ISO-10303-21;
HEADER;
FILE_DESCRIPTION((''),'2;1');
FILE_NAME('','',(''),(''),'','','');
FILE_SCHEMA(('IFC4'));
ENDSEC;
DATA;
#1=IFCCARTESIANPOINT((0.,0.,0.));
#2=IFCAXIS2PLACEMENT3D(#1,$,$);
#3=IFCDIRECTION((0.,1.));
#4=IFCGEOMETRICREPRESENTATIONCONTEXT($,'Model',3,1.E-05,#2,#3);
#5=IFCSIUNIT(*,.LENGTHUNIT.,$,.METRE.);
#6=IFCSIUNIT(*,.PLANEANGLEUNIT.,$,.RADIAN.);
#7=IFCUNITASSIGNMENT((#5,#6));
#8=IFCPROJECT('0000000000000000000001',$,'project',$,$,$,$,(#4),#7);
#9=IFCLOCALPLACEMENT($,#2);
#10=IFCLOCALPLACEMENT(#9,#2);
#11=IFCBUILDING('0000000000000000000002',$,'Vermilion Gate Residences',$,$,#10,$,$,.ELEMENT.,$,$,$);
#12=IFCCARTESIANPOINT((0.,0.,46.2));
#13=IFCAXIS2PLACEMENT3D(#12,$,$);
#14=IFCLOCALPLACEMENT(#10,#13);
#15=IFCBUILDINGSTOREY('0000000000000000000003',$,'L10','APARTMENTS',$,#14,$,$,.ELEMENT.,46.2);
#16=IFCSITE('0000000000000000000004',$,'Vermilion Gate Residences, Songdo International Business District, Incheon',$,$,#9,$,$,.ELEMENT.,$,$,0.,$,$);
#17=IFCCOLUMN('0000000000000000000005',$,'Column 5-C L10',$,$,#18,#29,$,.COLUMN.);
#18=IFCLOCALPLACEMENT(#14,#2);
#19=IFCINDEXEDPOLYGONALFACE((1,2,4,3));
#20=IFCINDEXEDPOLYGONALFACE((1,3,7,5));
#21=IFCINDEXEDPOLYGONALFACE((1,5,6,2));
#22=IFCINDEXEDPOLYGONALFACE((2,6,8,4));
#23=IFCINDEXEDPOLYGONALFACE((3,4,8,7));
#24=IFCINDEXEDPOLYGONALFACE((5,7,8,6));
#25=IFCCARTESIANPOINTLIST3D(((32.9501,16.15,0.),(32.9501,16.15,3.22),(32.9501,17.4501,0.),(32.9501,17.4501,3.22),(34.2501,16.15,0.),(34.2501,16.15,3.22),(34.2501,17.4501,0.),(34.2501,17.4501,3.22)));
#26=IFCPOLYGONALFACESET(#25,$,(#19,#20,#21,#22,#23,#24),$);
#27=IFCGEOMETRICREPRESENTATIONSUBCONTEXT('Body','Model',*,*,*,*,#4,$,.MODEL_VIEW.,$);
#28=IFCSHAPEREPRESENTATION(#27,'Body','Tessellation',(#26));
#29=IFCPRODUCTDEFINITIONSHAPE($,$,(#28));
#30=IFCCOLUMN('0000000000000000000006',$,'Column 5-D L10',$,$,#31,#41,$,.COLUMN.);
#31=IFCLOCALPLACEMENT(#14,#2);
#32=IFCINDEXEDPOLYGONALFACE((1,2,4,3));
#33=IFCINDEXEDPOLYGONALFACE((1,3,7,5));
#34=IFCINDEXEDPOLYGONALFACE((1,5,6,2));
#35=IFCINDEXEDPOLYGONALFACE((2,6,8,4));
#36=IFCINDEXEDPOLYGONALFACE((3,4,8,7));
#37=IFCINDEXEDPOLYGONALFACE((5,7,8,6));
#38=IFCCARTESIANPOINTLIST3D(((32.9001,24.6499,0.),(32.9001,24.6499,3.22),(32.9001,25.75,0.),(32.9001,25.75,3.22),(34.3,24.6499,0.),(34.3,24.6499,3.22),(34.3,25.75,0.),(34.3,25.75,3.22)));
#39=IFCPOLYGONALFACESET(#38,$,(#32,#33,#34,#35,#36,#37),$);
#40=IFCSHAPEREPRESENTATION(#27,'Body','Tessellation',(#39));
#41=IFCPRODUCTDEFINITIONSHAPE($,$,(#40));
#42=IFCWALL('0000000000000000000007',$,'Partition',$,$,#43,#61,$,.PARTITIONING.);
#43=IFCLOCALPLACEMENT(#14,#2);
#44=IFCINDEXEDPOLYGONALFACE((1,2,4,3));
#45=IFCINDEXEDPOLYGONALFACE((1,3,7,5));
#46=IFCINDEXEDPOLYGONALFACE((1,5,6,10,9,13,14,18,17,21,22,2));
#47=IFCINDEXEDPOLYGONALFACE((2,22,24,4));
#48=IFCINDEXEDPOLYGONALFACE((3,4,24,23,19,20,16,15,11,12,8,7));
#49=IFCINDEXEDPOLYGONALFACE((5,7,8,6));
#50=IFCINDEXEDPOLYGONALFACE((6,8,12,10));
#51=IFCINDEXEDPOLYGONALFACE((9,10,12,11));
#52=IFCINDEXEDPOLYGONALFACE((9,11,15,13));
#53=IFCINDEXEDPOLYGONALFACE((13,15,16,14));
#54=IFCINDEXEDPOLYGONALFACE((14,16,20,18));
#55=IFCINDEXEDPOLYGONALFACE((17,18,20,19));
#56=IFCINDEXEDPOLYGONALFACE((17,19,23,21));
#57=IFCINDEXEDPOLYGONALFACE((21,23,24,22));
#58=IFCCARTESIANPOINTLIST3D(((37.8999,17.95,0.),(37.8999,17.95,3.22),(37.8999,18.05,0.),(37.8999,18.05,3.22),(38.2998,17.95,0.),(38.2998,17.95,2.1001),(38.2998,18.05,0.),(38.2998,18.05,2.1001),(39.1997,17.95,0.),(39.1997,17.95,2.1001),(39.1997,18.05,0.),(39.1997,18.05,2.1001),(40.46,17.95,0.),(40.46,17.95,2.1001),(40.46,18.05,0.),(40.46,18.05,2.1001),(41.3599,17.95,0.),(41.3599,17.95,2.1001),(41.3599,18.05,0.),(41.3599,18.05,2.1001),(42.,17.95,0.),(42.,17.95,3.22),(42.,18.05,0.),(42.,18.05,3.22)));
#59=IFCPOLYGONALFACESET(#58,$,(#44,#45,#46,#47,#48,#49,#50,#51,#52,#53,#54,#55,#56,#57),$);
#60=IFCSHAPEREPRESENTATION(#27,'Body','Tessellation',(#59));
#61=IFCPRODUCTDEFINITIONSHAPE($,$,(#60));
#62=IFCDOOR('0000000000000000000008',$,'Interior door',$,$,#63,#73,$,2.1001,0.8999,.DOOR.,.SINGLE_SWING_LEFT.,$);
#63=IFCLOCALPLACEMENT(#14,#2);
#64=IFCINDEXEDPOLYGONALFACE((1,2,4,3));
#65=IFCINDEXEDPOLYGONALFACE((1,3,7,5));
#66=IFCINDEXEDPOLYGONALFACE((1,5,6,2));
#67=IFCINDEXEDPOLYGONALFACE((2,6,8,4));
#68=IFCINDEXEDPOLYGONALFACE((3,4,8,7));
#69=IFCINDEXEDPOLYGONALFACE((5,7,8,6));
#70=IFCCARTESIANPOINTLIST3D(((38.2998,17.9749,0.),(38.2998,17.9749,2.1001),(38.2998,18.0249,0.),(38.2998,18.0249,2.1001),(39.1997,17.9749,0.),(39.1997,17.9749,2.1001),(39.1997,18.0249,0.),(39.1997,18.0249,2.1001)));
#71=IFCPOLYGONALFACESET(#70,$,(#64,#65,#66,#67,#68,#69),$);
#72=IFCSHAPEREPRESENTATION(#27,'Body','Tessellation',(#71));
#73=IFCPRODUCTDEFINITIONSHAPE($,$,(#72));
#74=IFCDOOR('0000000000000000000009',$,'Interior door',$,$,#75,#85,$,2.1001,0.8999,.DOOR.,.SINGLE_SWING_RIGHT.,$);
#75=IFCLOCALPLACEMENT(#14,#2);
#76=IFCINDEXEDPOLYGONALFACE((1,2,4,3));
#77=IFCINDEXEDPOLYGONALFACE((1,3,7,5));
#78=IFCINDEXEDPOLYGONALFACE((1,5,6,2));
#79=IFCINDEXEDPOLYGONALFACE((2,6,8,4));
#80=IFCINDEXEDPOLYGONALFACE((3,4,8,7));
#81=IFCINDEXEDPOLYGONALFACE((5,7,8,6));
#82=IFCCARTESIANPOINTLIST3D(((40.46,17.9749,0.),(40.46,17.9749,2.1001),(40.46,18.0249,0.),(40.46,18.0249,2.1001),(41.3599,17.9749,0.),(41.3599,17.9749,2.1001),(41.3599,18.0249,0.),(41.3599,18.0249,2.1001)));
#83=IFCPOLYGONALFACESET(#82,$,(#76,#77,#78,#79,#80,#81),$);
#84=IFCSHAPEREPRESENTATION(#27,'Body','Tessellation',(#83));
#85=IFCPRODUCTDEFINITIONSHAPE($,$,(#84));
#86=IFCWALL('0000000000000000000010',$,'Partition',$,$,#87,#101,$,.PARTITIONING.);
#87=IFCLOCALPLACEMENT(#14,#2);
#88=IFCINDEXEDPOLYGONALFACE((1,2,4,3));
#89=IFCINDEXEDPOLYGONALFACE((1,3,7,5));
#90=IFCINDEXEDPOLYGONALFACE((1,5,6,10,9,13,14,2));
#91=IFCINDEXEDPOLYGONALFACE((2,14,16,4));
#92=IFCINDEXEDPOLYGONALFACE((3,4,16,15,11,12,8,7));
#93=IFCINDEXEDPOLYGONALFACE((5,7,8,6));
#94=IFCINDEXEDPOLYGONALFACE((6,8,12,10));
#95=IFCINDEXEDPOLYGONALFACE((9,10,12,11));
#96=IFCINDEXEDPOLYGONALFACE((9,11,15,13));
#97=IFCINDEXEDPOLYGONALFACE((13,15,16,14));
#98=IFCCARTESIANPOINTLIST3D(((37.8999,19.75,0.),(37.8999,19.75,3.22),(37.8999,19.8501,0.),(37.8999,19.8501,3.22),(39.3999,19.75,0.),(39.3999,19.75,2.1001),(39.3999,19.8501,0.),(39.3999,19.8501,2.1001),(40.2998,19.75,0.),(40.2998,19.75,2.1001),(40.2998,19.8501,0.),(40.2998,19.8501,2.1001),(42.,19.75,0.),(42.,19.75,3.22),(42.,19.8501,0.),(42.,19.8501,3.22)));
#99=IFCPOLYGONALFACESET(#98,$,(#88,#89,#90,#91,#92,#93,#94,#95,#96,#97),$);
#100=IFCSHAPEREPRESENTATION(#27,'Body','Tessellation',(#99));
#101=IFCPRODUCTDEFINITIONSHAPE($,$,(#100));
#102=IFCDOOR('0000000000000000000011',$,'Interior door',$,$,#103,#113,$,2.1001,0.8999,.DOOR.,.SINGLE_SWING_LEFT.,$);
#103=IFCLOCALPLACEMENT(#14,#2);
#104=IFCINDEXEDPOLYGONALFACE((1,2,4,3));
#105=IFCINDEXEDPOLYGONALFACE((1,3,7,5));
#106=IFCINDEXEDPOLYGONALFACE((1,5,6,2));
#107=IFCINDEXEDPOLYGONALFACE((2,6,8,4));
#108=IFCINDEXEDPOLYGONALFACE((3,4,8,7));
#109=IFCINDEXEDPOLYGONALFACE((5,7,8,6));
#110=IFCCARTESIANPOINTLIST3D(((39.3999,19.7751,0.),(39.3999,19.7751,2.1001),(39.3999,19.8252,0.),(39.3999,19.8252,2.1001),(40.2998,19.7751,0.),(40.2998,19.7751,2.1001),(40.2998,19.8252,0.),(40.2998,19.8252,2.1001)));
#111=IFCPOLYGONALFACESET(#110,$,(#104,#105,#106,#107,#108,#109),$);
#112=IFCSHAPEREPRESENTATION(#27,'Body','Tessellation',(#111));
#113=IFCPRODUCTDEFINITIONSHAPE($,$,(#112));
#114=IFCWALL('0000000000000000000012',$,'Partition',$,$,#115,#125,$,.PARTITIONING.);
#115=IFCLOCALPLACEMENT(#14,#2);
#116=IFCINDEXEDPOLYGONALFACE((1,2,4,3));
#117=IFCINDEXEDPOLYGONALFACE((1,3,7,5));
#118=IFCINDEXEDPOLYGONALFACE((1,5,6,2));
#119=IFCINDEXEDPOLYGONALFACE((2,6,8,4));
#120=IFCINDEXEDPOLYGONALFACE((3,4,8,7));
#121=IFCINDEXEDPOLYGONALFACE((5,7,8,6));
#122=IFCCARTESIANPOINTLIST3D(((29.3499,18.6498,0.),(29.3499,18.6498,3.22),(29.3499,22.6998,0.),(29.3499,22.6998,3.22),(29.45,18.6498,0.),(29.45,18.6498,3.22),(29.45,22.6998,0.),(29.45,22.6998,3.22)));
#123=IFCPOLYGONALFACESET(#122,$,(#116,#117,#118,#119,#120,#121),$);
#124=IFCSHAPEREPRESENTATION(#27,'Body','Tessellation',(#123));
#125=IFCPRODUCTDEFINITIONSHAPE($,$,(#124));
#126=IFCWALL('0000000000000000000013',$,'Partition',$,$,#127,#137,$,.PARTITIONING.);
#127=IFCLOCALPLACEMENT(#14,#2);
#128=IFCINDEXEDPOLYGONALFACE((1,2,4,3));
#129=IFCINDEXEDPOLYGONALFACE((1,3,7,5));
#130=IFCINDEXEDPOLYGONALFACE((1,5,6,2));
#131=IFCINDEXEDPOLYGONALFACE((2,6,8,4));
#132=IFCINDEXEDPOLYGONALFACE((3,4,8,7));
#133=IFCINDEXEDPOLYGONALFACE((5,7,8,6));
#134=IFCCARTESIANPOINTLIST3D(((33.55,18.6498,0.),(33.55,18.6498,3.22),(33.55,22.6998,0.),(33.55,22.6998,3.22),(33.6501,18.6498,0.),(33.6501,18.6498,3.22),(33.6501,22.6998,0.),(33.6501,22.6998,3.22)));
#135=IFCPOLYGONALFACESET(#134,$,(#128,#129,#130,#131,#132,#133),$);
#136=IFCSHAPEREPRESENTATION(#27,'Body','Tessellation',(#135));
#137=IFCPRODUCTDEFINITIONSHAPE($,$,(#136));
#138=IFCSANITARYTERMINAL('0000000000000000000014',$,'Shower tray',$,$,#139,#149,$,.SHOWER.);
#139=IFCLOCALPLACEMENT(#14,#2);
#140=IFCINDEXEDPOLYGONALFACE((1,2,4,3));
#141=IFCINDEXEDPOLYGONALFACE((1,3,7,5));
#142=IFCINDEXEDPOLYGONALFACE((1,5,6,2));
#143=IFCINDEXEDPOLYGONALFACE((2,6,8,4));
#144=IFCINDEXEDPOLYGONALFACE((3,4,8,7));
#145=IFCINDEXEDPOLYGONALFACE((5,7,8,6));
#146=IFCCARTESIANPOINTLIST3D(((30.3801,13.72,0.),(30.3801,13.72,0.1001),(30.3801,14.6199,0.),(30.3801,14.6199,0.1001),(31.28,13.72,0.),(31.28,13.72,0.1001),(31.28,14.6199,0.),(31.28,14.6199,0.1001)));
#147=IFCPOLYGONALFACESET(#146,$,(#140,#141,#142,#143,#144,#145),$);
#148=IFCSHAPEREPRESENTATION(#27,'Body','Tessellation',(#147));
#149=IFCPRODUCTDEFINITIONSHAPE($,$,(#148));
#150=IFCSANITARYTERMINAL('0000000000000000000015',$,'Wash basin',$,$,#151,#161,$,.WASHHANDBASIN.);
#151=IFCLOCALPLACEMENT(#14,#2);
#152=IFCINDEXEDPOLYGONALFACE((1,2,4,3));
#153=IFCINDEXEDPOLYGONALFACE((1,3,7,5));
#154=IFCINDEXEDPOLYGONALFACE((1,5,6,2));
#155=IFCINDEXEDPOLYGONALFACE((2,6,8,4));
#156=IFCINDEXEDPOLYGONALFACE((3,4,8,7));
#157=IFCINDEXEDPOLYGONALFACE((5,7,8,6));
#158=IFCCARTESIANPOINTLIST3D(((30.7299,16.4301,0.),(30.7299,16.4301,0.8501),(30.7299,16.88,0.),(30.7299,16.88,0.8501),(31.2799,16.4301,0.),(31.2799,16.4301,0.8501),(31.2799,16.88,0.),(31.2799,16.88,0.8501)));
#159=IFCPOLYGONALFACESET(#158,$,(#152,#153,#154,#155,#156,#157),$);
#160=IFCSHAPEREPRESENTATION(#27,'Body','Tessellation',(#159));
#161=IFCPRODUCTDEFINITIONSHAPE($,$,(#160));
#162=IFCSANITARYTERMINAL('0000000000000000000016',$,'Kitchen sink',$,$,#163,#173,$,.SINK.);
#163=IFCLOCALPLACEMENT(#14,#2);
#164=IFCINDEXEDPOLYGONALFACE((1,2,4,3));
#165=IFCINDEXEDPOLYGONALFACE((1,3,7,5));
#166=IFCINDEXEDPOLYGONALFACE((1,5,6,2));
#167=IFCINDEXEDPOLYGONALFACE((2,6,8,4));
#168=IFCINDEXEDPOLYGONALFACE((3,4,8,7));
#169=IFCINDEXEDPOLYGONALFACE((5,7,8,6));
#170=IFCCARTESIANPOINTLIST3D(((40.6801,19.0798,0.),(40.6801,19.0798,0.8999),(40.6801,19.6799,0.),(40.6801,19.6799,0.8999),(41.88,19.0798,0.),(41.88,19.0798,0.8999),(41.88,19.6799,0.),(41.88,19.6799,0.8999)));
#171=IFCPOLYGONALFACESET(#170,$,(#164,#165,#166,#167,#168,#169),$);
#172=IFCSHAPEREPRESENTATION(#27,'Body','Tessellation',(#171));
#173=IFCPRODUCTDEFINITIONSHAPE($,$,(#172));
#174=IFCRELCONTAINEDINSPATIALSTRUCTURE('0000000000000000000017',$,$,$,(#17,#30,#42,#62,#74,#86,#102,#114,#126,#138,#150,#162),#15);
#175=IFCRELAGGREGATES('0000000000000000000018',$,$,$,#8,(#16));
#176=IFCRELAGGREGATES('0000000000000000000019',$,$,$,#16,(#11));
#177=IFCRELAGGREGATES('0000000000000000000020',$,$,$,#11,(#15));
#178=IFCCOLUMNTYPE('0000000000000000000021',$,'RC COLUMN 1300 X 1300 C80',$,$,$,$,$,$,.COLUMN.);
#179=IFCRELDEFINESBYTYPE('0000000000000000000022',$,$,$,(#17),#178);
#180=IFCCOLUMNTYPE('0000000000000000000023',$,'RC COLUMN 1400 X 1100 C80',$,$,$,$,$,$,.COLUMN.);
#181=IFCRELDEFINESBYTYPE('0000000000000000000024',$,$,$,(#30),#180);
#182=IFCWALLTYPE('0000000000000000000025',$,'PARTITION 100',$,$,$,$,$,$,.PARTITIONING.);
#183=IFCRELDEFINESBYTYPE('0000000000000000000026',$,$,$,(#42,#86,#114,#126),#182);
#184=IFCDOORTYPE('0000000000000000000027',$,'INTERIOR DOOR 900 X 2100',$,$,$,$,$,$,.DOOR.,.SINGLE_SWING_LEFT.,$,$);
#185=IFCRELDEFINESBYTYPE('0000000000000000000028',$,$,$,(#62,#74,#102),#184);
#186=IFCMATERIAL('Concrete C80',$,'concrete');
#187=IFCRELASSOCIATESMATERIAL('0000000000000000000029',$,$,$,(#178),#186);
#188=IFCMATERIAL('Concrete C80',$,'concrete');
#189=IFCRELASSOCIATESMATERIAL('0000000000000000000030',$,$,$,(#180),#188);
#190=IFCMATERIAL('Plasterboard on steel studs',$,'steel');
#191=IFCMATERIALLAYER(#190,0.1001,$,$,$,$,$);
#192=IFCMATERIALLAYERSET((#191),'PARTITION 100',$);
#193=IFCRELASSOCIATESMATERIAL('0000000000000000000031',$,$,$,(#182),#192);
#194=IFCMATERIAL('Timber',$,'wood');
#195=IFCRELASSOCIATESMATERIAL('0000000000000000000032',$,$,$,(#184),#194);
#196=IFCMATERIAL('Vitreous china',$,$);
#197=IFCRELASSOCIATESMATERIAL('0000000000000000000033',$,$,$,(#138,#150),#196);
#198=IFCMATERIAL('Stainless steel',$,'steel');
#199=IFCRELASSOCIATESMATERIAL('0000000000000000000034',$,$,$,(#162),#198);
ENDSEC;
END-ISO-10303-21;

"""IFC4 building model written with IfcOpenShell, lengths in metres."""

from ifc_helpers import new_model, si_unit, direction, frame, frame_2d, origin, origin_2d, place, context, subcontext, project, spatial, rectangle, extrude, material, layer, layer_set, material_profile, profile_set, type_object, element, fill, save


model = new_model("IFC4")

# Units and contexts
model_context = context("Model", 3, precision=1e-05, world=origin(), true_north=direction((0.0, 1.0)))
body_context = subcontext(model_context, "Body", "Model", "MODEL_VIEW")
ifc_project = project(units=[si_unit("LENGTHUNIT", "METRE"), si_unit("PLANEANGLEUNIT", "RADIAN")], contexts=[model_context])

# Site, building, storey
site_placement = place(None, origin())
site = spatial("IfcSite", under=ifc_project, at=site_placement, Name="Vermilion Gate Residences, Songdo International Business District, Incheon", CompositionType="ELEMENT", RefElevation=0.0)
building_placement = place(site_placement, origin())
building = spatial("IfcBuilding", under=site, at=building_placement, Name="Vermilion Gate Residences", CompositionType="ELEMENT")
storey_placement = place(building_placement, frame((0.0, 0.0, 46.2)))
storey = spatial("IfcBuildingStorey", under=building, at=storey_placement, Name="L10", Description="APARTMENTS", CompositionType="ELEMENT", Elevation=46.2)

# Columns
ifc_material_1 = material(Name="Concrete C80", Category="concrete")
ifc_material_profile_1 = material_profile(ifc_material_1, rectangle(XDim=1.3, YDim=1.3, at=origin_2d()), Name="RC-1300x1300")
ifc_profile_set_1 = profile_set([ifc_material_profile_1], Name="Concrete C80")
column_type_1 = type_object("IfcColumnType", Name="RC COLUMN 1300 X 1300 C80", PredefinedType="COLUMN", material=ifc_profile_set_1)
column_1_placement = place(storey_placement, frame((33.6001, 16.8, 0.0), z_axis=(0.0, 0.0, 1.0), x_axis=(1.0, 0.0, 0.0)))
element("IfcColumn", 1, at=column_1_placement, inside=storey, type_object=column_type_1, Name="Column 5-C L10", PredefinedType="COLUMN", context=body_context, shape_type="SweptSolid", body=[
    extrude(rectangle(XDim=1.3, YDim=1.3, at=origin_2d()), origin(), (0.0, 0.0, 1.0), 3.22),
])
ifc_material_2 = material(Name="Concrete C80", Category="concrete")
ifc_material_profile_2 = material_profile(ifc_material_2, rectangle(XDim=1.3999, YDim=1.1001, at=origin_2d()), Name="RC-1400x1100")
ifc_profile_set_2 = profile_set([ifc_material_profile_2], Name="Concrete C80")
column_type_2 = type_object("IfcColumnType", Name="RC COLUMN 1400 X 1100 C80", PredefinedType="COLUMN", material=ifc_profile_set_2)
column_2_placement = place(storey_placement, frame((33.6001, 25.2, 0.0), z_axis=(0.0, 0.0, 1.0), x_axis=(1.0, 0.0, 0.0)))
element("IfcColumn", 2, at=column_2_placement, inside=storey, type_object=column_type_2, Name="Column 5-D L10", PredefinedType="COLUMN", context=body_context, shape_type="SweptSolid", body=[
    extrude(rectangle(XDim=1.3999, YDim=1.1001, at=origin_2d()), origin(), (0.0, 0.0, 1.0), 3.22),
])

# Wall, openings, doors
ifc_material_3 = material(Name="Plasterboard on steel studs", Category="steel")
ifc_layer = layer(ifc_material_3, 0.1001)
ifc_layer_set = layer_set([ifc_layer], Name="PARTITION 100")
wall_type = type_object("IfcWallType", Name="PARTITION 100", PredefinedType="PARTITIONING", material=ifc_layer_set)
wall_1_placement = place(storey_placement, frame((37.8999, 18.0, 0.0), z_axis=(0.0, 0.0, 1.0), x_axis=(1.0, 0.0, 0.0)))
wall_1 = element("IfcWall", 3, at=wall_1_placement, inside=storey, type_object=wall_type, Name="Partition", PredefinedType="PARTITIONING", context=body_context, shape_type="SweptSolid", body=[
    extrude(rectangle(XDim=4.1001, YDim=0.1001, at=frame_2d((2.05, 0.0))), origin(), (0.0, 0.0, 1.0), 3.22),
])
opening_1_placement = place(wall_1_placement, frame((0.3999, 0.0, 0.0)))
opening_1 = element("IfcOpeningElement", 4, at=opening_1_placement, cuts=wall_1, PredefinedType="OPENING", context=body_context, shape_type="SweptSolid", body=[
    extrude(rectangle(XDim=0.8999, YDim=2.1001, at=frame_2d((0.45, 1.05))), frame((0.0, 0.0601, 0.0), z_axis=(0.0, -1.0, 0.0), x_axis=(1.0, 0.0, 0.0)), (0.0, 0.0, 1.0), 0.1201),
])
opening_2_placement = place(wall_1_placement, frame((2.5601, 0.0, 0.0)))
opening_2 = element("IfcOpeningElement", 5, at=opening_2_placement, cuts=wall_1, PredefinedType="OPENING", context=body_context, shape_type="SweptSolid", body=[
    extrude(rectangle(XDim=0.8999, YDim=2.1001, at=frame_2d((0.45, 1.05))), frame((0.0, 0.0601, 0.0), z_axis=(0.0, -1.0, 0.0), x_axis=(1.0, 0.0, 0.0)), (0.0, 0.0, 1.0), 0.1201),
])
ifc_material_4 = material(Name="Timber", Category="wood")
door_type = type_object("IfcDoorType", Name="INTERIOR DOOR 900 X 2100", OperationType="SINGLE_SWING_LEFT", PredefinedType="DOOR", material=ifc_material_4)
door_1_placement = place(opening_1_placement, origin())
door_1 = element("IfcDoor", 6, at=door_1_placement, inside=storey, type_object=door_type, Name="Interior door", OperationType="SINGLE_SWING_LEFT", OverallHeight=2.1001, OverallWidth=0.8999, PredefinedType="DOOR", context=body_context, shape_type="SweptSolid", body=[
    extrude(rectangle(XDim=0.8999, YDim=2.1001, at=frame_2d((0.45, 1.05))), frame((0.0, 0.0249, 0.0), z_axis=(0.0, -1.0, 0.0), x_axis=(1.0, 0.0, 0.0)), (0.0, 0.0, 1.0), 0.05),
])
fill(opening_1, door_1)
door_2_placement = place(opening_2_placement, origin())
door_2 = element("IfcDoor", 7, at=door_2_placement, inside=storey, type_object=door_type, Name="Interior door", OperationType="SINGLE_SWING_RIGHT", OverallHeight=2.1001, OverallWidth=0.8999, PredefinedType="DOOR", context=body_context, shape_type="SweptSolid", body=[
    extrude(rectangle(XDim=0.8999, YDim=2.1001, at=frame_2d((0.45, 1.05))), frame((0.0, 0.0249, 0.0), z_axis=(0.0, -1.0, 0.0), x_axis=(1.0, 0.0, 0.0)), (0.0, 0.0, 1.0), 0.05),
])
fill(opening_2, door_2)

# Wall, opening, door
wall_2_placement = place(storey_placement, frame((37.8999, 19.8, 0.0), z_axis=(0.0, 0.0, 1.0), x_axis=(1.0, 0.0, 0.0)))
wall_2 = element("IfcWall", 8, at=wall_2_placement, inside=storey, type_object=wall_type, Name="Partition", PredefinedType="PARTITIONING", context=body_context, shape_type="SweptSolid", body=[
    extrude(rectangle(XDim=4.1001, YDim=0.1001, at=frame_2d((2.05, 0.0))), origin(), (0.0, 0.0, 1.0), 3.22),
])
opening_3_placement = place(wall_2_placement, frame((1.5, 0.0, 0.0)))
opening_3 = element("IfcOpeningElement", 9, at=opening_3_placement, cuts=wall_2, PredefinedType="OPENING", context=body_context, shape_type="SweptSolid", body=[
    extrude(rectangle(XDim=0.8999, YDim=2.1001, at=frame_2d((0.45, 1.05))), frame((0.0, 0.0601, 0.0), z_axis=(0.0, -1.0, 0.0), x_axis=(1.0, 0.0, 0.0)), (0.0, 0.0, 1.0), 0.1201),
])
door_3_placement = place(opening_3_placement, frame((0.8999, 0.0, 0.0), z_axis=(0.0, 0.0, 1.0), x_axis=(-1.0, 0.0, 0.0)))
door_3 = element("IfcDoor", 10, at=door_3_placement, inside=storey, type_object=door_type, Name="Interior door", OperationType="SINGLE_SWING_LEFT", OverallHeight=2.1001, OverallWidth=0.8999, PredefinedType="DOOR", context=body_context, shape_type="SweptSolid", body=[
    extrude(rectangle(XDim=0.8999, YDim=2.1001, at=frame_2d((0.45, 1.05))), frame((0.0, 0.0249, 0.0), z_axis=(0.0, -1.0, 0.0), x_axis=(1.0, 0.0, 0.0)), (0.0, 0.0, 1.0), 0.05),
])
fill(opening_3, door_3)

# Walls
for number, where, z_axis, x_axis, name in (
    (11, (29.3999, 18.6499, 0.0), (0.0, 0.0, 1.0), (0.0, 1.0, 0.0), "Partition"),
    (12, (33.6001, 18.6499, 0.0), (0.0, 0.0, 1.0), (0.0, 1.0, 0.0), "Partition"),
):
    element("IfcWall", number, at=place(storey_placement, frame(where, z_axis=z_axis, x_axis=x_axis)), inside=storey, type_object=wall_type, Name=name, PredefinedType="PARTITIONING", context=body_context, shape_type="SweptSolid", body=[
        extrude(rectangle(XDim=4.05, YDim=0.1001, at=frame_2d((2.0249, 0.0))), origin(), (0.0, 0.0, 1.0), 3.22),
    ])

# Sanitary terminals
ifc_material_5 = material(Name="Vitreous china")
sanitary_terminal_1_placement = place(storey_placement, frame((30.8301, 14.1699, 0.0), z_axis=(0.0, 0.0, 1.0), x_axis=(1.0, 0.0, 0.0)))
element("IfcSanitaryTerminal", 13, at=sanitary_terminal_1_placement, inside=storey, material=ifc_material_5, Name="Shower tray", PredefinedType="SHOWER", context=body_context, shape_type="SweptSolid", body=[
    extrude(rectangle(XDim=0.8999, YDim=0.8999, at=origin_2d()), origin(), (0.0, 0.0, 1.0), 0.1001),
])
sanitary_terminal_2_placement = place(storey_placement, frame((31.0049, 16.655, 0.0), z_axis=(0.0, 0.0, 1.0), x_axis=(1.0, 0.0, 0.0)))
element("IfcSanitaryTerminal", 14, at=sanitary_terminal_2_placement, inside=storey, material=ifc_material_5, Name="Wash basin", PredefinedType="WASHHANDBASIN", context=body_context, shape_type="SweptSolid", body=[
    extrude(rectangle(XDim=0.55, YDim=0.45, at=origin_2d()), origin(), (0.0, 0.0, 1.0), 0.8501),
])
ifc_material_6 = material(Name="Stainless steel", Category="steel")
sanitary_terminal_3_placement = place(storey_placement, frame((41.28, 19.3799, 0.0), z_axis=(0.0, 0.0, 1.0), x_axis=(1.0, 0.0, 0.0)))
element("IfcSanitaryTerminal", 15, at=sanitary_terminal_3_placement, inside=storey, material=ifc_material_6, Name="Kitchen sink", PredefinedType="SINK", context=body_context, shape_type="SweptSolid", body=[
    extrude(rectangle(XDim=1.2, YDim=0.6001, at=origin_2d()), origin(), (0.0, 0.0, 1.0), 0.8999),
])

save(model, "model.ifc")
